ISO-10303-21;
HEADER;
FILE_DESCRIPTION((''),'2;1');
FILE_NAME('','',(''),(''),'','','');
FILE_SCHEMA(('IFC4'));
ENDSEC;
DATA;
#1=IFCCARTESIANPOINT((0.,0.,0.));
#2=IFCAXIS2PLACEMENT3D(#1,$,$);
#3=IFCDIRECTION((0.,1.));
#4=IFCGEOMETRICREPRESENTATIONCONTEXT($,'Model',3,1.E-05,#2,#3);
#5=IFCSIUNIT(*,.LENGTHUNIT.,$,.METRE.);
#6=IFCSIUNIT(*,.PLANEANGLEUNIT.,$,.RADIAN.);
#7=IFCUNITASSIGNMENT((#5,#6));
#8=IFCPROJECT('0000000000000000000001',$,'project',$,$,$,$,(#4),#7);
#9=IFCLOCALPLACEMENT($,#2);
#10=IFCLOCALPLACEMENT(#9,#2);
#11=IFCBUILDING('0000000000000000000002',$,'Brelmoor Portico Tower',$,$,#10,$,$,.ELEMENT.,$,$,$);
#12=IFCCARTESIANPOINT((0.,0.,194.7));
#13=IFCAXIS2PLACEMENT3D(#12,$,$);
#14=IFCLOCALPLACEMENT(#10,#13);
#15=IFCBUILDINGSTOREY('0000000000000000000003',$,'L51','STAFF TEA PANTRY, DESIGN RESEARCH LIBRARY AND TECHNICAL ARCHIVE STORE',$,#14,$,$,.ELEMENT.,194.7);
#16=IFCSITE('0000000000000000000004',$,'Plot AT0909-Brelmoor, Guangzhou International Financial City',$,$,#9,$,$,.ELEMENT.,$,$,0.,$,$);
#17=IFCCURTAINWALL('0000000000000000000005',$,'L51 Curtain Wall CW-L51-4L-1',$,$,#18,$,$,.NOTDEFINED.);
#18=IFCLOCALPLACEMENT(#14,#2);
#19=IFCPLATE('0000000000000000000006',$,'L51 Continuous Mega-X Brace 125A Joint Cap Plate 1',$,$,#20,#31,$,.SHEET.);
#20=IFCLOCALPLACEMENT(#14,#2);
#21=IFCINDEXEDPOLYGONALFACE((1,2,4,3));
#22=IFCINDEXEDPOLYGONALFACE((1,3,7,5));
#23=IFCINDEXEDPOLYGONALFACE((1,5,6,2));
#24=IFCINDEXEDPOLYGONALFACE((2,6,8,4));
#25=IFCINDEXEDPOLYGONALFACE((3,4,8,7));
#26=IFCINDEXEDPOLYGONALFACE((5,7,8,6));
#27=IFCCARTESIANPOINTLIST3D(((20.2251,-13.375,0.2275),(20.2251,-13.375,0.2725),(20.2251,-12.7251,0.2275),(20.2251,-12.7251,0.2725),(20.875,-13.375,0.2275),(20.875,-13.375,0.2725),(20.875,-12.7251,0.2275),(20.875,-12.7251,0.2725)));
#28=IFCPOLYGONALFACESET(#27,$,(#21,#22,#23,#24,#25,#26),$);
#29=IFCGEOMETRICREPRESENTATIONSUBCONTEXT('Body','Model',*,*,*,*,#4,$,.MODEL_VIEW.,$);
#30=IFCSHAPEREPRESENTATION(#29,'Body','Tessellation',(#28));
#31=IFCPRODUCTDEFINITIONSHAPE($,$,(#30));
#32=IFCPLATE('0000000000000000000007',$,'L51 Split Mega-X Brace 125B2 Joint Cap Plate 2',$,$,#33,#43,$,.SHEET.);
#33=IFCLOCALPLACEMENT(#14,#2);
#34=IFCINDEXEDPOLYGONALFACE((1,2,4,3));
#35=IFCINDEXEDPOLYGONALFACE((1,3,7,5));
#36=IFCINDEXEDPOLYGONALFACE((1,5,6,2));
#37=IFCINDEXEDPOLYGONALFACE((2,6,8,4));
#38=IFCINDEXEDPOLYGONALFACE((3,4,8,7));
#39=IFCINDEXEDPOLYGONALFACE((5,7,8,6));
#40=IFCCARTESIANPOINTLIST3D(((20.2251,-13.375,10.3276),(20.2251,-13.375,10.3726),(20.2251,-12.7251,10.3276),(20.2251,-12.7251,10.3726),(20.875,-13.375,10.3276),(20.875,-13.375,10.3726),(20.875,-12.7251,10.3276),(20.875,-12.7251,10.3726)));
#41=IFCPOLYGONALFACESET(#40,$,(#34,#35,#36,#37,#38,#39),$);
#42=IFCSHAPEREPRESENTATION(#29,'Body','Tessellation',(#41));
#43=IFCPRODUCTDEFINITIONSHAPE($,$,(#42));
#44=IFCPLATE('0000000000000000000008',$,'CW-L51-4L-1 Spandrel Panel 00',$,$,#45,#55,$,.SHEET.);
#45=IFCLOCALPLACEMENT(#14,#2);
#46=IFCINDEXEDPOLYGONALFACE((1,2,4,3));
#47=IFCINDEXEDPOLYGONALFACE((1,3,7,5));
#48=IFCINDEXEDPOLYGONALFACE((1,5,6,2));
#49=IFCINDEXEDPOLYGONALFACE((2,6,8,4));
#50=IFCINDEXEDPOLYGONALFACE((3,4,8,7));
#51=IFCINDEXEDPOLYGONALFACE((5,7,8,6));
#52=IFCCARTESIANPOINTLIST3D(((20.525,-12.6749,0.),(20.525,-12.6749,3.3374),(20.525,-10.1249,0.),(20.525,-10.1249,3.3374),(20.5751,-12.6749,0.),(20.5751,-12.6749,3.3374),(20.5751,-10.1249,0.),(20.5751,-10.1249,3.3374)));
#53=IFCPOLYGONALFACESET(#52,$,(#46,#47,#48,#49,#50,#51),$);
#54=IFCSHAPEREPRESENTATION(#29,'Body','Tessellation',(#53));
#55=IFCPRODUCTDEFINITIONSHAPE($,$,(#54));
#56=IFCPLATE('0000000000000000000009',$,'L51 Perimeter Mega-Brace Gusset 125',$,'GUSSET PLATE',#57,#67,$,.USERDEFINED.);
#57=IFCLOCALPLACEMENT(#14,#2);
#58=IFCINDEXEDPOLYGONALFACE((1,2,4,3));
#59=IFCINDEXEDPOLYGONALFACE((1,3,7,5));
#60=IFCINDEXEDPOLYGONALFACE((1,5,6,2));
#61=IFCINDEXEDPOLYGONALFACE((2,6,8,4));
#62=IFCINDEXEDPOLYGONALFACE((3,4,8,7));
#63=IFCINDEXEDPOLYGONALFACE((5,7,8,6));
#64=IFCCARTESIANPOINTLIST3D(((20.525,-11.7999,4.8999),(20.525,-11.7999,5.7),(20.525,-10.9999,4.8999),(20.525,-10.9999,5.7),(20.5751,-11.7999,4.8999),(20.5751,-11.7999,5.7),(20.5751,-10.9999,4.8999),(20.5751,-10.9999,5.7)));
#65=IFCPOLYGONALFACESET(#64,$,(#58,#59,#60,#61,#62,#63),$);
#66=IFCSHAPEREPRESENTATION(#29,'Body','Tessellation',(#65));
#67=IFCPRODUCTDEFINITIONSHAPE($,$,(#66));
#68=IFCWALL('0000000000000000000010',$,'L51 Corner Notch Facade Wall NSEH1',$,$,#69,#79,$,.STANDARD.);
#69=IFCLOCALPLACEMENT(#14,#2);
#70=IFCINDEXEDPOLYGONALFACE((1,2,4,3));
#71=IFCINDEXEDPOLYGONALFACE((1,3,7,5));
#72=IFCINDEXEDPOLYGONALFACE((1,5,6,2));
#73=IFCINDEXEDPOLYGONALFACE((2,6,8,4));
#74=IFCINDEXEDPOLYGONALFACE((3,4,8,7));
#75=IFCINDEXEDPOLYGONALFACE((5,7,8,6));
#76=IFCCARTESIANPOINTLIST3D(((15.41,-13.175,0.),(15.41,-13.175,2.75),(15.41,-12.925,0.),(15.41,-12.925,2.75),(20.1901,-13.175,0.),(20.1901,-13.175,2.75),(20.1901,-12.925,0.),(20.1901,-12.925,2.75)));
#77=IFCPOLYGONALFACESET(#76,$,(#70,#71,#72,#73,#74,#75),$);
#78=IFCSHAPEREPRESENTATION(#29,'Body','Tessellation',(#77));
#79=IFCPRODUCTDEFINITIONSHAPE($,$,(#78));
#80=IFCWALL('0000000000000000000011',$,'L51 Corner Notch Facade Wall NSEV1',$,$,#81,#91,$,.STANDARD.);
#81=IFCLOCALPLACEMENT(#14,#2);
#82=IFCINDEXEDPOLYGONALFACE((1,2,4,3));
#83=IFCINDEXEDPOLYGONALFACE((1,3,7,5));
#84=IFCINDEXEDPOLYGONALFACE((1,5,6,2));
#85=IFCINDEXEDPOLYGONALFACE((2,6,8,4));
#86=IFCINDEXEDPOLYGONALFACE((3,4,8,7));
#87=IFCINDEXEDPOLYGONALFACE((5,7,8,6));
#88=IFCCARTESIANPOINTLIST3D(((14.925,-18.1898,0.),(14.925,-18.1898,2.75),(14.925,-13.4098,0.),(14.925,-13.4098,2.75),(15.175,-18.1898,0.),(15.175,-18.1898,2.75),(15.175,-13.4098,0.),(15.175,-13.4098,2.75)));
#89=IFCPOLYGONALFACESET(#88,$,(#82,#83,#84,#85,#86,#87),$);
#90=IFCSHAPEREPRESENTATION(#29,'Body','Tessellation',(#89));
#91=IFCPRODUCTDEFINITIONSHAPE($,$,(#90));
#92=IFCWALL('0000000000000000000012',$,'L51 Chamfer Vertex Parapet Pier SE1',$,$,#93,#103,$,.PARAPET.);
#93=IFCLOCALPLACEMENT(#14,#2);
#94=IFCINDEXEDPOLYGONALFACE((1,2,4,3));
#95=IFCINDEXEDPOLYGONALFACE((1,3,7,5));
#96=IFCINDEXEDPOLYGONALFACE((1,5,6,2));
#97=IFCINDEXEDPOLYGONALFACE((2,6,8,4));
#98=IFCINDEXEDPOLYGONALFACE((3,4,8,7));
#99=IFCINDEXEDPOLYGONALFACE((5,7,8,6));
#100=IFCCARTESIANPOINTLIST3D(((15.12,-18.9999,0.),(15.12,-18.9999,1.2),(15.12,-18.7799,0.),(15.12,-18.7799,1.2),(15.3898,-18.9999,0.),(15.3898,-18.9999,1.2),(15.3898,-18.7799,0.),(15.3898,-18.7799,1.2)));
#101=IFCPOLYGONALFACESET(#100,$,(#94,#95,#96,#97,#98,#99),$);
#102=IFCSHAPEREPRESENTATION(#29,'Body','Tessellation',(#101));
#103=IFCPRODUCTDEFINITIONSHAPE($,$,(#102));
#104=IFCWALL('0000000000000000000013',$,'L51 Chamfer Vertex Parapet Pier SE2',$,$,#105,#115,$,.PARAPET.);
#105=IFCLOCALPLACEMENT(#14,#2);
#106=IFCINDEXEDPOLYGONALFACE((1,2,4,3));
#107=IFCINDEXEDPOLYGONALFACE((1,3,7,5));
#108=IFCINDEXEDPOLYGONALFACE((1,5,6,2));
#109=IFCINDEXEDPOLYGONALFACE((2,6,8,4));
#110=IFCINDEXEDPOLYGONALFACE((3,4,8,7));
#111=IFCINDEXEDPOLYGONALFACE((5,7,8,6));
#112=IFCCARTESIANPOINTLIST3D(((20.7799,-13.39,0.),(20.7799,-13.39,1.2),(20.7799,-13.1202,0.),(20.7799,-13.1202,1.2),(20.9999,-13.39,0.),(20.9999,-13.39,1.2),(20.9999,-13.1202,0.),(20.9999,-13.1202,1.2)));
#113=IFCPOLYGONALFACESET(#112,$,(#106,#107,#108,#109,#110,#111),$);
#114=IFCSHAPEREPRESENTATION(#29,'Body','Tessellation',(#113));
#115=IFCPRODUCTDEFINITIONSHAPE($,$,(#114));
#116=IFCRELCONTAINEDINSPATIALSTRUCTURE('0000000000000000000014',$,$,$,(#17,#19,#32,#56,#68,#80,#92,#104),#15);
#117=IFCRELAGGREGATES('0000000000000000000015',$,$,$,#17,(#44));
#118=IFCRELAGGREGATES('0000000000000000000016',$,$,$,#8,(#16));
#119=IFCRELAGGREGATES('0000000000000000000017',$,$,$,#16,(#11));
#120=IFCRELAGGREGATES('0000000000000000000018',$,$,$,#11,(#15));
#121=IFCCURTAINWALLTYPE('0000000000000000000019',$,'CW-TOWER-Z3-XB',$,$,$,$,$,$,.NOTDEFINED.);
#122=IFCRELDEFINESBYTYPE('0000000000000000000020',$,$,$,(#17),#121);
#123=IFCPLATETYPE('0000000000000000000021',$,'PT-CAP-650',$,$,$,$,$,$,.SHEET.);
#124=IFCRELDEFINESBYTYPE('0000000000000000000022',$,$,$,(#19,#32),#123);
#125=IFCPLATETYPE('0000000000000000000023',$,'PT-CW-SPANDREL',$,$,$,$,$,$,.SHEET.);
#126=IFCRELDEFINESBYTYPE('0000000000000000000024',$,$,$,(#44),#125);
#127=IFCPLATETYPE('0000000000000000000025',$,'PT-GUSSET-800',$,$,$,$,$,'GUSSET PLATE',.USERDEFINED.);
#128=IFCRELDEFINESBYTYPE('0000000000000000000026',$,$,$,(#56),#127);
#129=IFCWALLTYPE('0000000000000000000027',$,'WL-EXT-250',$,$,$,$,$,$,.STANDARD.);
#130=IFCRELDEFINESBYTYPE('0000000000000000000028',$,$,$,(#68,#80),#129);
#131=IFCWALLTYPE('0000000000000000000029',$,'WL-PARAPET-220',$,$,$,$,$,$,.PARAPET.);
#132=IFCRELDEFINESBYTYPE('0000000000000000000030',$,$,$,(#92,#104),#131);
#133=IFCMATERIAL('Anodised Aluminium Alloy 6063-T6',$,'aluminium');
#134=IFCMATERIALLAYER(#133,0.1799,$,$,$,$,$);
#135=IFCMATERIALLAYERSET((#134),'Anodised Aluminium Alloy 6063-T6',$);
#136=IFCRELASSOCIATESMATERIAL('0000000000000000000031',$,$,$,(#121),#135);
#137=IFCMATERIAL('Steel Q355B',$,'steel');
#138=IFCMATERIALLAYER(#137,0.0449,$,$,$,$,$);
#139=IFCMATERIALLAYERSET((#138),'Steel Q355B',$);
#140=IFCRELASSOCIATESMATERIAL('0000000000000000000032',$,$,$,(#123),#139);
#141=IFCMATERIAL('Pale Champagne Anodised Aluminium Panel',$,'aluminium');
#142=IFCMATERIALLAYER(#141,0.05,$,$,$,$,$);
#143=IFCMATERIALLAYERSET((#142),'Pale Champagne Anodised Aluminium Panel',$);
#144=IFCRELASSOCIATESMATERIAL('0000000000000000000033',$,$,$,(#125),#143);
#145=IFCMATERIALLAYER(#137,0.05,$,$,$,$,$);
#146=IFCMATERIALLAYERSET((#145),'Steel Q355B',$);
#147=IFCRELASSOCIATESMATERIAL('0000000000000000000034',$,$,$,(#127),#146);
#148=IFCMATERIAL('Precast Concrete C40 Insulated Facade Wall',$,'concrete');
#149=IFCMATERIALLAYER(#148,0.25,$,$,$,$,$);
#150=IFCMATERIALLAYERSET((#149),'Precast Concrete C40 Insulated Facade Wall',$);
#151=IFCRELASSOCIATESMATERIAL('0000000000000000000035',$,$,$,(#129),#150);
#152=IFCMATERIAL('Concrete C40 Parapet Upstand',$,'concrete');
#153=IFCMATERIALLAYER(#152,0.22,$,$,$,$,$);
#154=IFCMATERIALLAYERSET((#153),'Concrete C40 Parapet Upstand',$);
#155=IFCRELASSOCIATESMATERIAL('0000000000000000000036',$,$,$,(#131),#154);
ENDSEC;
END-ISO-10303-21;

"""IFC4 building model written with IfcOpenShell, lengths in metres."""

from ifc_helpers import new_model, si_unit, direction, frame, frame_2d, origin, origin_2d, place, context, subcontext, project, spatial, rectangle, extrude, material, layer, layer_set, type_object, element, aggregate, save


model = new_model("IFC4")

# Units and contexts
model_context = context("Model", 3, precision=1e-05, world=origin(), true_north=direction((0.0, 1.0)))
body_context = subcontext(model_context, "Body", "Model", "MODEL_VIEW")
ifc_project = project(units=[si_unit("LENGTHUNIT", "METRE"), si_unit("PLANEANGLEUNIT", "RADIAN")], contexts=[model_context])

# Site, building, storey
site_placement = place(None, origin())
site = spatial("IfcSite", under=ifc_project, at=site_placement, Name="Plot AT0909-Brelmoor, Guangzhou International Financial City", CompositionType="ELEMENT", RefElevation=0.0)
building_placement = place(site_placement, origin())
building = spatial("IfcBuilding", under=site, at=building_placement, Name="Brelmoor Portico Tower", CompositionType="ELEMENT")
storey_placement = place(building_placement, frame((0.0, 0.0, 194.7)))
storey = spatial("IfcBuildingStorey", under=building, at=storey_placement, Name="L51", Description="STAFF TEA PANTRY, DESIGN RESEARCH LIBRARY AND TECHNICAL ARCHIVE STORE", CompositionType="ELEMENT", Elevation=194.7)

# Shared definitions
ifc_material_1 = material(Name="Steel Q355B", Category="steel")

# Shared definitions
ifc_material_2 = material(Name="Anodised Aluminium Alloy 6063-T6", Category="aluminium")
ifc_layer_1 = layer(ifc_material_2, 0.1799)
ifc_layer_set_1 = layer_set([ifc_layer_1], Name="Anodised Aluminium Alloy 6063-T6")
curtain_wall_type = type_object("IfcCurtainWallType", Name="CW-TOWER-Z3-XB", PredefinedType="NOTDEFINED", material=ifc_layer_set_1)

# Curtain wall
curtain_wall_1_placement = place(storey_placement, origin())
curtain_wall_1 = element("IfcCurtainWall", 1, at=curtain_wall_1_placement, inside=storey, type_object=curtain_wall_type, Name="L51 Curtain Wall CW-L51-4L-1", PredefinedType="NOTDEFINED")

# Plates
ifc_layer_2 = layer(ifc_material_1, 0.0449)
ifc_layer_set_2 = layer_set([ifc_layer_2], Name="Steel Q355B")
plate_type_1 = type_object("IfcPlateType", Name="PT-CAP-650", PredefinedType="SHEET", material=ifc_layer_set_2)
for number, where, z_axis, x_axis, name in (
    (2, (20.55, -13.05, 0.2275), (0.0, 0.0, 1.0), (1.0, 0.0, 0.0), "L51 Continuous Mega-X Brace 125A Joint Cap Plate 1"),
    (3, (20.55, -13.05, 10.3276), (0.0, 0.0, 1.0), (1.0, 0.0, 0.0), "L51 Split Mega-X Brace 125B2 Joint Cap Plate 2"),
):
    element("IfcPlate", number, at=place(storey_placement, frame(where, z_axis=z_axis, x_axis=x_axis)), inside=storey, type_object=plate_type_1, Name=name, PredefinedType="SHEET", context=body_context, shape_type="SweptSolid", body=[
        extrude(rectangle(XDim=0.6499, YDim=0.6499, at=origin_2d()), origin(), (0.0, 0.0, 1.0), 0.0449),
    ])

# Plates
ifc_material_3 = material(Name="Pale Champagne Anodised Aluminium Panel", Category="aluminium")
ifc_layer_3 = layer(ifc_material_3, 0.05)
ifc_layer_set_3 = layer_set([ifc_layer_3], Name="Pale Champagne Anodised Aluminium Panel")
plate_type_2 = type_object("IfcPlateType", Name="PT-CW-SPANDREL", PredefinedType="SHEET", material=ifc_layer_set_3)
plate_1_placement = place(storey_placement, frame((20.55, -11.3999, 0.0), z_axis=(0.0, 0.0, 1.0), x_axis=(0.0, 1.0, 0.0)))
plate_1 = element("IfcPlate", 4, at=plate_1_placement, type_object=plate_type_2, Name="CW-L51-4L-1 Spandrel Panel 00", PredefinedType="SHEET", context=body_context, shape_type="SweptSolid", body=[
    extrude(rectangle(XDim=2.55, YDim=0.05, at=origin_2d()), origin(), (0.0, 0.0, 1.0), 3.3374),
])
aggregate(curtain_wall_1, [plate_1])
ifc_layer_4 = layer(ifc_material_1, 0.05)
ifc_layer_set_4 = layer_set([ifc_layer_4], Name="Steel Q355B")
plate_type_3 = type_object("IfcPlateType", Name="PT-GUSSET-800", ElementType="GUSSET PLATE", PredefinedType="USERDEFINED", material=ifc_layer_set_4)
plate_2_placement = place(storey_placement, frame((20.55, -11.3999, 4.8999), z_axis=(0.0, 0.0, 1.0), x_axis=(1.0, 0.0, 0.0)))
element("IfcPlate", 5, at=plate_2_placement, inside=storey, type_object=plate_type_3, Name="L51 Perimeter Mega-Brace Gusset 125", ObjectType="GUSSET PLATE", PredefinedType="USERDEFINED", context=body_context, shape_type="SweptSolid", body=[
    extrude(rectangle(XDim=0.05, YDim=0.8, at=origin_2d()), origin(), (0.0, 0.0, 1.0), 0.8),
])

# Walls
ifc_material_4 = material(Name="Precast Concrete C40 Insulated Facade Wall", Category="concrete")
ifc_layer_5 = layer(ifc_material_4, 0.25)
ifc_layer_set_5 = layer_set([ifc_layer_5], Name="Precast Concrete C40 Insulated Facade Wall")
wall_type_1 = type_object("IfcWallType", Name="WL-EXT-250", PredefinedType="STANDARD", material=ifc_layer_set_5)
for number, where, z_axis, x_axis, name in (
    (6, (15.4099, -13.05, 0.0), (0.0, 0.0, 1.0), (1.0, 0.0, 0.0), "L51 Corner Notch Facade Wall NSEH1"),
    (7, (15.05, -18.1899, 0.0), (0.0, 0.0, 1.0), (0.0, 1.0, 0.0), "L51 Corner Notch Facade Wall NSEV1"),
):
    element("IfcWall", number, at=place(storey_placement, frame(where, z_axis=z_axis, x_axis=x_axis)), inside=storey, type_object=wall_type_1, Name=name, PredefinedType="STANDARD", context=body_context, shape_type="SweptSolid", body=[
        extrude(rectangle(XDim=4.78, YDim=0.25, at=frame_2d((2.3901, 0.0))), origin(), (0.0, 0.0, 1.0), 2.75),
    ])
ifc_material_5 = material(Name="Concrete C40 Parapet Upstand", Category="concrete")
ifc_layer_6 = layer(ifc_material_5, 0.22)
ifc_layer_set_6 = layer_set([ifc_layer_6], Name="Concrete C40 Parapet Upstand")
wall_type_2 = type_object("IfcWallType", Name="WL-PARAPET-220", PredefinedType="PARAPET", material=ifc_layer_set_6)
for number, where, z_axis, x_axis, name in (
    (8, (15.1201, -18.8899, 0.0), (0.0, 0.0, 1.0), (1.0, 0.0, 0.0), "L51 Chamfer Vertex Parapet Pier SE1"),
    (9, (20.8899, -13.3899, 0.0), (0.0, 0.0, 1.0), (0.0, 1.0, 0.0), "L51 Chamfer Vertex Parapet Pier SE2"),
):
    element("IfcWall", number, at=place(storey_placement, frame(where, z_axis=z_axis, x_axis=x_axis)), inside=storey, type_object=wall_type_2, Name=name, PredefinedType="PARAPET", context=body_context, shape_type="SweptSolid", body=[
        extrude(rectangle(XDim=0.2698, YDim=0.22, at=frame_2d((0.1348, 0.0))), origin(), (0.0, 0.0, 1.0), 1.2),
    ])

save(model, "model.ifc")
